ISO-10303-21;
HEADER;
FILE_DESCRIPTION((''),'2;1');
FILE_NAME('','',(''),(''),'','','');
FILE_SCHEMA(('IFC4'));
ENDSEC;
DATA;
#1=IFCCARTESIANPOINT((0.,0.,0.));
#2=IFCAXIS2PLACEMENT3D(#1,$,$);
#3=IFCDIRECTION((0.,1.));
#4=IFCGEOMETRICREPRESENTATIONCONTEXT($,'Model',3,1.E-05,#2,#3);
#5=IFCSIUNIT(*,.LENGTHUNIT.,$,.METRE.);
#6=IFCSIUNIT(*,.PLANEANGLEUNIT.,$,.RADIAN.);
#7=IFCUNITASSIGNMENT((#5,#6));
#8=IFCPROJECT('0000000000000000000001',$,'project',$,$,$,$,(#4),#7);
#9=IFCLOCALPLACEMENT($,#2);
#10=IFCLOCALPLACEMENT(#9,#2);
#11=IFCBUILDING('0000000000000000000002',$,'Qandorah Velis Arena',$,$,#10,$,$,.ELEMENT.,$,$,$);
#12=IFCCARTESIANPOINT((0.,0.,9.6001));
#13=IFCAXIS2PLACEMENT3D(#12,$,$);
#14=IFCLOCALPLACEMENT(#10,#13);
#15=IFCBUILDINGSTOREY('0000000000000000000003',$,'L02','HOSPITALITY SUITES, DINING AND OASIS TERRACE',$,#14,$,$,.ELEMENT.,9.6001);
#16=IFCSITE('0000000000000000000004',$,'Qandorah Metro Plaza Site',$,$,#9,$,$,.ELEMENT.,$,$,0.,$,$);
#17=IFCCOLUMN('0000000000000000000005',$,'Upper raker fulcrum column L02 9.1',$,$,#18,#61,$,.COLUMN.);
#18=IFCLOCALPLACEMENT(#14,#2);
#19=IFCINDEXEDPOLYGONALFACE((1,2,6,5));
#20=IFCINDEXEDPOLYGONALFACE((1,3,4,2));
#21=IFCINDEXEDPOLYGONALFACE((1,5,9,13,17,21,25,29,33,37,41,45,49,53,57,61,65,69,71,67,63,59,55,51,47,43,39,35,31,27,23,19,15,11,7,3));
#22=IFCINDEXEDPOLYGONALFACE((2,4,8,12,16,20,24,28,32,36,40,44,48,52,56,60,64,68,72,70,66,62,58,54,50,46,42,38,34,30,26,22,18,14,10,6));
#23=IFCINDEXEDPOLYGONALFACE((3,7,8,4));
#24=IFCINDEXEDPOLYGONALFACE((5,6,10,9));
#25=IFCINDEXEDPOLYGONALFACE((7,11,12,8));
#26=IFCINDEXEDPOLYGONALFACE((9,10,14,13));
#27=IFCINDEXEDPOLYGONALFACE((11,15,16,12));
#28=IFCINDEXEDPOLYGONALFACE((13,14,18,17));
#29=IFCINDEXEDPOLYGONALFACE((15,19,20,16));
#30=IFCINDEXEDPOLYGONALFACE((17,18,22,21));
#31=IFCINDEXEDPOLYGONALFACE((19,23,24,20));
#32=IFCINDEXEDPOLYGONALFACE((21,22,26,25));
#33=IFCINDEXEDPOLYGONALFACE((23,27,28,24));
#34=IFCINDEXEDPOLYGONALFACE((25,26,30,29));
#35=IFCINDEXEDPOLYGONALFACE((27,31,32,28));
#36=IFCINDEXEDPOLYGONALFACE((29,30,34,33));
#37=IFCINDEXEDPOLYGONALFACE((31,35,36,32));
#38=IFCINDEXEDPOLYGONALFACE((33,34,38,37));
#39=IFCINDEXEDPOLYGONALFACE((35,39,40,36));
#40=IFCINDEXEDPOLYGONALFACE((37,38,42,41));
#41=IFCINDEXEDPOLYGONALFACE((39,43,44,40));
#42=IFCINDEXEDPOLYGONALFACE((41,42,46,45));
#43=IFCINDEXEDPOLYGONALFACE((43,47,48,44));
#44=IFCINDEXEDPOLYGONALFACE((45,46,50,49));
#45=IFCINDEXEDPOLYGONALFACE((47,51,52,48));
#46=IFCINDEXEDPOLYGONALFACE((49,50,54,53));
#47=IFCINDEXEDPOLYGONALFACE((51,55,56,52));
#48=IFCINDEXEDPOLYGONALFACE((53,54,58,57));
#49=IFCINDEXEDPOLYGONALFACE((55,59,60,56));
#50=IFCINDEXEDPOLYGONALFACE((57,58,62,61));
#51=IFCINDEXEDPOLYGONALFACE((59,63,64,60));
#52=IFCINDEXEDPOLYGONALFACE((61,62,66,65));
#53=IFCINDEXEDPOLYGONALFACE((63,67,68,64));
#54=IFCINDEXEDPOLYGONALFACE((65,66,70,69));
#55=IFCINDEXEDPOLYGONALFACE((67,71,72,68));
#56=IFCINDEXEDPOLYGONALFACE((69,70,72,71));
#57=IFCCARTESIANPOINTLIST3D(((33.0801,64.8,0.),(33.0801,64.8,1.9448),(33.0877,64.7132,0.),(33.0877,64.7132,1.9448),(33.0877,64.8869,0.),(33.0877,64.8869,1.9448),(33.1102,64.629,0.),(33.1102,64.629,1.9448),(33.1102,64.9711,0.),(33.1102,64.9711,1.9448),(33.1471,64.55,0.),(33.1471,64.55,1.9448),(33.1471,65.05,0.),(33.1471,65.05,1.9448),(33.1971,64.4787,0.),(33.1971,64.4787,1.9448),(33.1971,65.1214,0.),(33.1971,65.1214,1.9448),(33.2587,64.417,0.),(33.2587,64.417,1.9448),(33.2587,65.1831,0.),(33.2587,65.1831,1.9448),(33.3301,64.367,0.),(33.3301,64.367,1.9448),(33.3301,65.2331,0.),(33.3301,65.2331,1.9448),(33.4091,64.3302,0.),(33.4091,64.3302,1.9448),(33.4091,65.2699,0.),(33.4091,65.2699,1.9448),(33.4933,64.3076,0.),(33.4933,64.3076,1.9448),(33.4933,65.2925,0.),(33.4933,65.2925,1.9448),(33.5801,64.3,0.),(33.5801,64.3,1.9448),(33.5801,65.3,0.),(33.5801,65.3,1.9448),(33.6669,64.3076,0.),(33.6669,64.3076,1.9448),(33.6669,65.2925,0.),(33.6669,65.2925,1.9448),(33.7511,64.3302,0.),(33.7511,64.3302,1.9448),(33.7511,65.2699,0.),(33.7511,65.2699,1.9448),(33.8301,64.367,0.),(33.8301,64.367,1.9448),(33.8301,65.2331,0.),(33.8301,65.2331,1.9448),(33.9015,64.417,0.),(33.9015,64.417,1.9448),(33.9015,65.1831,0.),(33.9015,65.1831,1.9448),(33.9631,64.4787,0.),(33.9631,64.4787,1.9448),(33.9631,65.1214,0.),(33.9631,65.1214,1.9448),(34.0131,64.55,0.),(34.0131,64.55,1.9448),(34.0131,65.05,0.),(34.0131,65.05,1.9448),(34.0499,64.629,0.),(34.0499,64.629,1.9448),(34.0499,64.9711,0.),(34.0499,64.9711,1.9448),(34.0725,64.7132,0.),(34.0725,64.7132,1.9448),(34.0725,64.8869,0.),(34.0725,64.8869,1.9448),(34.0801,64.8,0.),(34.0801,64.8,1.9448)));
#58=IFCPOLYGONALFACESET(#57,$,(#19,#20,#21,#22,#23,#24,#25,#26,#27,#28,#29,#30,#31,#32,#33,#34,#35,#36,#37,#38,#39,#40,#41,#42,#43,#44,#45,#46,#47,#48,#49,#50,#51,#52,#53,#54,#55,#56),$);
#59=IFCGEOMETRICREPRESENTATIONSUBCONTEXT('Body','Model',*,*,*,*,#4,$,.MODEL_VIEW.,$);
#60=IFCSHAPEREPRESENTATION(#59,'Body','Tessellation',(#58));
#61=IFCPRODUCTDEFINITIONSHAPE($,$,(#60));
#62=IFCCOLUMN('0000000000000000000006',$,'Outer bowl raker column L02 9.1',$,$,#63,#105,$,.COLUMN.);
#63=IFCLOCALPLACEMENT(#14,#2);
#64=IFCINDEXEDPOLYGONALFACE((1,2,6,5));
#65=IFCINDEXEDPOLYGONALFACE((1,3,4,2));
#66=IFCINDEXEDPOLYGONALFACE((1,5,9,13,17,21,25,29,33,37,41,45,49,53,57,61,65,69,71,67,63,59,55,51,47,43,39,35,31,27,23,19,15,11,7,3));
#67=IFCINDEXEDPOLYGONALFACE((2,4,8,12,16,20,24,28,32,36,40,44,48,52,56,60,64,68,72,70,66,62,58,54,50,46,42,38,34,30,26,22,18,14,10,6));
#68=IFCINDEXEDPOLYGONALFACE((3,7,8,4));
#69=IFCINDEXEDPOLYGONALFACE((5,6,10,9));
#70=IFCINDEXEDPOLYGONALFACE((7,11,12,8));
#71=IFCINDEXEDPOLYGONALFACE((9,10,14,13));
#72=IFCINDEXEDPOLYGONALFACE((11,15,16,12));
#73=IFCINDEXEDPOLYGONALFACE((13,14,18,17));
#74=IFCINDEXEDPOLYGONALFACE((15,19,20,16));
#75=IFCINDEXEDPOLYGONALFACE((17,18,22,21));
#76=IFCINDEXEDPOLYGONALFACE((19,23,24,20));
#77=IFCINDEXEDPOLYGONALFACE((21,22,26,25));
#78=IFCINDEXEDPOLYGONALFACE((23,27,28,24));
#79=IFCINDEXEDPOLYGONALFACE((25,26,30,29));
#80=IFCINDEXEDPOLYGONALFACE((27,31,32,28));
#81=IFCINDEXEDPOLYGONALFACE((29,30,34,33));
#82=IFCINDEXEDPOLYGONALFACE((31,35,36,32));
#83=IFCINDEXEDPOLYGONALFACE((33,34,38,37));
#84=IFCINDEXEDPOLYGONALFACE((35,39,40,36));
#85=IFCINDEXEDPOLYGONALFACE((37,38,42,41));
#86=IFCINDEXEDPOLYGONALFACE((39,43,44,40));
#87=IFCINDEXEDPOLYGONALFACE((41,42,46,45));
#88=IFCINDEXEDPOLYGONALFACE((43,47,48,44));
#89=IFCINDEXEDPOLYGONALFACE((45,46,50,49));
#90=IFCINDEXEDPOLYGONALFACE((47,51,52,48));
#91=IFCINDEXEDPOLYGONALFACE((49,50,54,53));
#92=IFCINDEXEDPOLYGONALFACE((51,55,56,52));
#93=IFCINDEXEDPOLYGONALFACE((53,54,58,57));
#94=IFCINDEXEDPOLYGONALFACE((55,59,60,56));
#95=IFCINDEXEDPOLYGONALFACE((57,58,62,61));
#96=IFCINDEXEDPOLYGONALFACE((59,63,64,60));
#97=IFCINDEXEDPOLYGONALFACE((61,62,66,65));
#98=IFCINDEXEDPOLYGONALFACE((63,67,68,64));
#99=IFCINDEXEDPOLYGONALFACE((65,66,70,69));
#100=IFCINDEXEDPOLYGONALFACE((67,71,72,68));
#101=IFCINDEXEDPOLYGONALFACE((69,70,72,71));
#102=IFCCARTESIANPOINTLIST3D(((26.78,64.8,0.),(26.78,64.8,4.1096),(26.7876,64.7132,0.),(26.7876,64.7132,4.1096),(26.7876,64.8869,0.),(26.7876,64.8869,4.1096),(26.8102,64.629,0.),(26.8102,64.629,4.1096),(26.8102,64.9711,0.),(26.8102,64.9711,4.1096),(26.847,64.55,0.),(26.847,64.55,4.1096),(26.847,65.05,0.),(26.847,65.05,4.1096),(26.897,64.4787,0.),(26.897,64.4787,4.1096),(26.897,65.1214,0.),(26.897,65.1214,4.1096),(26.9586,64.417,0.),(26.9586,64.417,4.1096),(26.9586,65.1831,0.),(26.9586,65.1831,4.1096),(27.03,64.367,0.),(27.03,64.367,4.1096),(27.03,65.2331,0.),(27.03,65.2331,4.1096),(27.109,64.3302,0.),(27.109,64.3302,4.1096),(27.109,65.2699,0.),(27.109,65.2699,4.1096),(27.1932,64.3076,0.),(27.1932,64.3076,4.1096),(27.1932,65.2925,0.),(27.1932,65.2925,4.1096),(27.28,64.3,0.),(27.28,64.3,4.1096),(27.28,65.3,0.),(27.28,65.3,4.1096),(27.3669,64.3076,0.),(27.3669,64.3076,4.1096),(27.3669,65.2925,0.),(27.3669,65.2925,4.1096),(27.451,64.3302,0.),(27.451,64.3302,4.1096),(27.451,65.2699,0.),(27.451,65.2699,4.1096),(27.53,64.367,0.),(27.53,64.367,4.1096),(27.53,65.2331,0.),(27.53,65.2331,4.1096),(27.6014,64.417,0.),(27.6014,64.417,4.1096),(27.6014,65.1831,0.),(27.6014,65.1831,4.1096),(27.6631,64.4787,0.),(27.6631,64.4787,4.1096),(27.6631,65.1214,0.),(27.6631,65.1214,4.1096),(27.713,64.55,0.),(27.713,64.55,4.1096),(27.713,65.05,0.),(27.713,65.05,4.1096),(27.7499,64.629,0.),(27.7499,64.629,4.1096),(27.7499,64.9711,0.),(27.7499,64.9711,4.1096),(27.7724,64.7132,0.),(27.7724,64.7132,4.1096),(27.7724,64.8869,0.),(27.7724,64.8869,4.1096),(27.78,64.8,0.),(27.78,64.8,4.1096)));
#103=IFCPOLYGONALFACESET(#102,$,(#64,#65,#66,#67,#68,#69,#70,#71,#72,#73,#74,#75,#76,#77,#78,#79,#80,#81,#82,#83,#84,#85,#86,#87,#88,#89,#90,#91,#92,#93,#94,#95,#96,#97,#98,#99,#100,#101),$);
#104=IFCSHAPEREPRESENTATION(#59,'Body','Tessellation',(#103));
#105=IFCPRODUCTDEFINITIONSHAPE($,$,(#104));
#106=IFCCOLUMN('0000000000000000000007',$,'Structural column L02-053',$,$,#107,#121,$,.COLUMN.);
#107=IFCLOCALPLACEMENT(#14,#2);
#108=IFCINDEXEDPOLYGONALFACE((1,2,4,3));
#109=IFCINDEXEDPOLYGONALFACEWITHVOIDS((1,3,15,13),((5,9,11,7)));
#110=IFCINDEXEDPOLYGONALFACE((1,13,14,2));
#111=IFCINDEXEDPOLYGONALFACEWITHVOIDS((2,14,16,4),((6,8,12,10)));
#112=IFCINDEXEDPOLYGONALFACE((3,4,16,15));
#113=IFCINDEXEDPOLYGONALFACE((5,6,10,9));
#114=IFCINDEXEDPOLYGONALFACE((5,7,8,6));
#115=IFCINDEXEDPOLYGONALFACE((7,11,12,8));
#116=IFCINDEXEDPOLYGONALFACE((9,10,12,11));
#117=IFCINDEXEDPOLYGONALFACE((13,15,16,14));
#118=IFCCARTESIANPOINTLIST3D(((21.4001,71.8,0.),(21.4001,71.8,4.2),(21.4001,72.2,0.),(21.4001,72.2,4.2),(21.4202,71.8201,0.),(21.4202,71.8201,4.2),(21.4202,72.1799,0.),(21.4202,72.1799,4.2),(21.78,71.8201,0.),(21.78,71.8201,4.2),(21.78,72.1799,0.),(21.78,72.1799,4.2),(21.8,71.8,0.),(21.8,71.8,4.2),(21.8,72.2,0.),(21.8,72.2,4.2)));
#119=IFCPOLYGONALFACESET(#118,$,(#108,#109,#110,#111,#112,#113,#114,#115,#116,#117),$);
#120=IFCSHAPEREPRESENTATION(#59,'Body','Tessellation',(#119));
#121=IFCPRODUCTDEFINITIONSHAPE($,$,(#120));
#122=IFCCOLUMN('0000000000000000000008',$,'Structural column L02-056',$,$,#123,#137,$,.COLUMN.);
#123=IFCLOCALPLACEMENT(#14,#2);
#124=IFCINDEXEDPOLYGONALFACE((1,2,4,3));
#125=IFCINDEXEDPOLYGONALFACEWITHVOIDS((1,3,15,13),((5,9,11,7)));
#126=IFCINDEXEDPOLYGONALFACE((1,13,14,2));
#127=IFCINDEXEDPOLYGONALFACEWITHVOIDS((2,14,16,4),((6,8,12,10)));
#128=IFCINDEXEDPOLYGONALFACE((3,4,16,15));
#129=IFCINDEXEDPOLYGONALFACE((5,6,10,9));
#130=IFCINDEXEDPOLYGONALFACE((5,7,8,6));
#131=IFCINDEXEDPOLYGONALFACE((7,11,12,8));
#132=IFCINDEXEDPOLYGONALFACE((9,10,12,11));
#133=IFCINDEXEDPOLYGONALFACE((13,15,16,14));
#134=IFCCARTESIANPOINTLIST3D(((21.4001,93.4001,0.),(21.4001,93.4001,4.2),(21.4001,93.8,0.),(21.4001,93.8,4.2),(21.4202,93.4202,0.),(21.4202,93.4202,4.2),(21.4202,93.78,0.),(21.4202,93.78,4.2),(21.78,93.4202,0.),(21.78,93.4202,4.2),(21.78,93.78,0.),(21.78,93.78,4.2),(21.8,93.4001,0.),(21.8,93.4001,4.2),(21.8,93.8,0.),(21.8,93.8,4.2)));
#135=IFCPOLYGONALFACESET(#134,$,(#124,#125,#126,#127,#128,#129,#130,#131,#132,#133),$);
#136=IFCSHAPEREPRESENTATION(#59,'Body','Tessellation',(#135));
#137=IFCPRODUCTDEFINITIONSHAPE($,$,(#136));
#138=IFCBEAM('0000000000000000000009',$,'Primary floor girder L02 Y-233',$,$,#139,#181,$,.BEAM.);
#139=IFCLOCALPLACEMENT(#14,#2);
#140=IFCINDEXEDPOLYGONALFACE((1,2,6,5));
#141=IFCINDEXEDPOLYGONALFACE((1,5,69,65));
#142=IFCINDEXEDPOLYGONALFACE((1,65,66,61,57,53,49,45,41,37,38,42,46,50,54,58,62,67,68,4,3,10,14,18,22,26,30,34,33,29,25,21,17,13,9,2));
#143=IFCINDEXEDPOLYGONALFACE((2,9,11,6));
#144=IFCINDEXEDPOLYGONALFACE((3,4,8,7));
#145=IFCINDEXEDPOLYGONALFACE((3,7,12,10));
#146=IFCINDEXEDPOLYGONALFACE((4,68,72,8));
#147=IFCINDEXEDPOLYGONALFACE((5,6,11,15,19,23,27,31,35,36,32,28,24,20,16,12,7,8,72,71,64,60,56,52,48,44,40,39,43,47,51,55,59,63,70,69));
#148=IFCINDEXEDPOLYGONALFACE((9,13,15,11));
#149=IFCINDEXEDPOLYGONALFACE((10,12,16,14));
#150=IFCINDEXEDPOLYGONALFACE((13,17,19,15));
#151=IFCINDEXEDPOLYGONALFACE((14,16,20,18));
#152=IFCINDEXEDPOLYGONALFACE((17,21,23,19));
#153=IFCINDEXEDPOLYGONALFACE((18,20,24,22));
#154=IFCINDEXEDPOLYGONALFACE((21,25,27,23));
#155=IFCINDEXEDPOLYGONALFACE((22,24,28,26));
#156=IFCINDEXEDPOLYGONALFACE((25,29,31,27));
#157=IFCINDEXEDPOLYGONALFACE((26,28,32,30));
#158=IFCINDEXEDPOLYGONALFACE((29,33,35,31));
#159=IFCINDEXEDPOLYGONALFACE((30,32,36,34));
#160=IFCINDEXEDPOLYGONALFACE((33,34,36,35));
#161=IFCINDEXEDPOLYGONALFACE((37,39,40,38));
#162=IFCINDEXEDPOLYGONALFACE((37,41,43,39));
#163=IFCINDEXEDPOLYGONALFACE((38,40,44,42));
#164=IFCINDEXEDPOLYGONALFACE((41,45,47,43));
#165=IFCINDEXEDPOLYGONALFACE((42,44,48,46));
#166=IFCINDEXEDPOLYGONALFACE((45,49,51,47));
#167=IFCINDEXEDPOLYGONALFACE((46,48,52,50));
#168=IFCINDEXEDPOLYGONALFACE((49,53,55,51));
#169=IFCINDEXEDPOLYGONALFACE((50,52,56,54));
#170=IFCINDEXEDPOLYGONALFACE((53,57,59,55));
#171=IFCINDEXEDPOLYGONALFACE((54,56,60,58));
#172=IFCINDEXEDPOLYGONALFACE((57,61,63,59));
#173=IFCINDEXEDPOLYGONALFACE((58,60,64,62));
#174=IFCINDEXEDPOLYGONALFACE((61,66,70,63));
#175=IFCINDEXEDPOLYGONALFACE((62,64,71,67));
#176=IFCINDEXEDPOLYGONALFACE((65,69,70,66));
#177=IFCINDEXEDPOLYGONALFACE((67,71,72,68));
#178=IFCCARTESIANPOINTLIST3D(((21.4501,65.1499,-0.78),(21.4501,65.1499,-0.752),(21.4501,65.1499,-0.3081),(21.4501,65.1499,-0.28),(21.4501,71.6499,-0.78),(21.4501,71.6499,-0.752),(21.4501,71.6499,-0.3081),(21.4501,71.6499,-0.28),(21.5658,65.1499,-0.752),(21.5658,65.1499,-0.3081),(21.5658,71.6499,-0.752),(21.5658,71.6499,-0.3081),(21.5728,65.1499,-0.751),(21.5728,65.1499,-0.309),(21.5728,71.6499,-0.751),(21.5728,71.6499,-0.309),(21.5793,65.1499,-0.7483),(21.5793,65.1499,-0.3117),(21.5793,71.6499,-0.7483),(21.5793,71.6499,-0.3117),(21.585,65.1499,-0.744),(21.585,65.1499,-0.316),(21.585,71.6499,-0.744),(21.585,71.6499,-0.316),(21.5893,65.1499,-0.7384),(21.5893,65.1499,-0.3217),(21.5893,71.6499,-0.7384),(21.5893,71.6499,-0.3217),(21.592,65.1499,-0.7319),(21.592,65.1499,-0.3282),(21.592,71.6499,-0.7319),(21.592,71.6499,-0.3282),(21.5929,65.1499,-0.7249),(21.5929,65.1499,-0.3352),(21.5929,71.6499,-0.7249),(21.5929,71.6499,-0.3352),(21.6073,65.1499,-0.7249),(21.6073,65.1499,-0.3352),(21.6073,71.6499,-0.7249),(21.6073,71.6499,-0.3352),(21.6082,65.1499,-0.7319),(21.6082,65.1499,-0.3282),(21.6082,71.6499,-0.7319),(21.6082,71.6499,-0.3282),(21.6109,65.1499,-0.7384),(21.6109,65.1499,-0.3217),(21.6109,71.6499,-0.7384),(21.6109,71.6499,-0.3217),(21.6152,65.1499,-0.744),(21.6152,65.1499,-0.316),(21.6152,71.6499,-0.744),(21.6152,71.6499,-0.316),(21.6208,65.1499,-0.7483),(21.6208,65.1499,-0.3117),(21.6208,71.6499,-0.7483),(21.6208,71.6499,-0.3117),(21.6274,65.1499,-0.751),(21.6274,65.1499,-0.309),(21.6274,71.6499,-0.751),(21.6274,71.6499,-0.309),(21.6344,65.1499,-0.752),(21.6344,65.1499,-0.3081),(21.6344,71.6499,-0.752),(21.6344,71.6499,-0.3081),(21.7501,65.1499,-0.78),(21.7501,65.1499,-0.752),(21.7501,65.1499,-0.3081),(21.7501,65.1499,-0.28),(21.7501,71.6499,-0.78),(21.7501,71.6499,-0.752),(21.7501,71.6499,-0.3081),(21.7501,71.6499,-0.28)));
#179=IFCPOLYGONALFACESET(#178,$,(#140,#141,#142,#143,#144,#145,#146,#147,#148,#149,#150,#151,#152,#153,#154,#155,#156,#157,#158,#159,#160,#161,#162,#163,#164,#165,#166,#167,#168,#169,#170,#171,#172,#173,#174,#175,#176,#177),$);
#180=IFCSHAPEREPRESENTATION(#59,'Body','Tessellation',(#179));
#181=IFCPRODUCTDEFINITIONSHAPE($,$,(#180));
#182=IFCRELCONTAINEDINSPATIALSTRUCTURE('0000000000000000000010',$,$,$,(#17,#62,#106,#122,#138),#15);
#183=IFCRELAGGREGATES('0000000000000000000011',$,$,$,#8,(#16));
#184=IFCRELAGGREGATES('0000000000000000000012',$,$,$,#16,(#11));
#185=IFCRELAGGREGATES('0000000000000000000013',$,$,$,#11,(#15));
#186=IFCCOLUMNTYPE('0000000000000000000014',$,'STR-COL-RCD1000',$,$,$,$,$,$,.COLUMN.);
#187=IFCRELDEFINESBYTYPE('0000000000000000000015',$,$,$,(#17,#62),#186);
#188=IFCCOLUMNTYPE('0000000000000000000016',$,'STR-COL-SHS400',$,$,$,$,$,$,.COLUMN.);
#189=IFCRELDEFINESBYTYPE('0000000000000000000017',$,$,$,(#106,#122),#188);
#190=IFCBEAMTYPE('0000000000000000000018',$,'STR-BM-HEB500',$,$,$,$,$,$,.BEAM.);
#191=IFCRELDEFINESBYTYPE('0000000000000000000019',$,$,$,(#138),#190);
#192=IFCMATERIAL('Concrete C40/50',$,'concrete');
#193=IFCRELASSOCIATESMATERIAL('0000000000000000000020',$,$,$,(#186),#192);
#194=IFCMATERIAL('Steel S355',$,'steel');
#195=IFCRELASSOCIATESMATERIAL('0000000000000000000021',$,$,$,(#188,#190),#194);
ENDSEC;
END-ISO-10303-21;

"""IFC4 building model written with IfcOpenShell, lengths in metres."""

from ifc_helpers import new_model, si_unit, direction, frame, origin, origin_2d, place, context, subcontext, project, spatial, hollow_rectangle, circle, i_section, extrude, material, material_profile, profile_set, type_object, element, save


model = new_model("IFC4")

# Units and contexts
model_context = context("Model", 3, precision=1e-05, world=origin(), true_north=direction((0.0, 1.0)))
body_context = subcontext(model_context, "Body", "Model", "MODEL_VIEW")
ifc_project = project(units=[si_unit("LENGTHUNIT", "METRE"), si_unit("PLANEANGLEUNIT", "RADIAN")], contexts=[model_context])

# Site, building, storey
site_placement = place(None, origin())
site = spatial("IfcSite", under=ifc_project, at=site_placement, Name="Qandorah Metro Plaza Site", CompositionType="ELEMENT", RefElevation=0.0)
building_placement = place(site_placement, origin())
building = spatial("IfcBuilding", under=site, at=building_placement, Name="Qandorah Velis Arena", CompositionType="ELEMENT")
storey_placement = place(building_placement, frame((0.0, 0.0, 9.6001)))
storey = spatial("IfcBuildingStorey", under=building, at=storey_placement, Name="L02", Description="HOSPITALITY SUITES, DINING AND OASIS TERRACE", CompositionType="ELEMENT", Elevation=9.6001)

# Columns
ifc_material_1 = material(Name="Concrete C40/50", Category="concrete")
ifc_material_profile_1 = material_profile(ifc_material_1, circle(Radius=0.5, at=origin_2d()), Name="RC D1000")
ifc_profile_set_1 = profile_set([ifc_material_profile_1], Name="Concrete C40/50")
column_type_1 = type_object("IfcColumnType", Name="STR-COL-RCD1000", PredefinedType="COLUMN", material=ifc_profile_set_1)
column_1_placement = place(storey_placement, frame((33.5801, 64.8, 0.0), z_axis=(0.0, 0.0, 1.0), x_axis=(1.0, 0.0, 0.0)))
element("IfcColumn", 1, at=column_1_placement, inside=storey, type_object=column_type_1, Name="Upper raker fulcrum column L02 9.1", PredefinedType="COLUMN", context=body_context, shape_type="SweptSolid", body=[
    extrude(circle(Radius=0.5, at=origin_2d()), origin(), (0.0, 0.0, 1.0), 1.9448),
])
column_2_placement = place(storey_placement, frame((27.28, 64.8, 0.0), z_axis=(0.0, 0.0, 1.0), x_axis=(1.0, 0.0, 0.0)))
element("IfcColumn", 2, at=column_2_placement, inside=storey, type_object=column_type_1, Name="Outer bowl raker column L02 9.1", PredefinedType="COLUMN", context=body_context, shape_type="SweptSolid", body=[
    extrude(circle(Radius=0.5, at=origin_2d()), origin(), (0.0, 0.0, 1.0), 4.1096),
])
ifc_material_2 = material(Name="Steel S355", Category="steel")
ifc_material_profile_2 = material_profile(ifc_material_2, hollow_rectangle(XDim=0.3999, YDim=0.3999, WallThickness=0.02, at=origin_2d()), Name="SHS 400x400x20")
ifc_profile_set_2 = profile_set([ifc_material_profile_2], Name="Steel S355")
column_type_2 = type_object("IfcColumnType", Name="STR-COL-SHS400", PredefinedType="COLUMN", material=ifc_profile_set_2)
for number, where, z_axis, x_axis, name in (
    (3, (21.6001, 72.0, 0.0), (0.0, 0.0, 1.0), (1.0, 0.0, 0.0), "Structural column L02-053"),
    (4, (21.6001, 93.6001, 0.0), (0.0, 0.0, 1.0), (1.0, 0.0, 0.0), "Structural column L02-056"),
):
    element("IfcColumn", number, at=place(storey_placement, frame(where, z_axis=z_axis, x_axis=x_axis)), inside=storey, type_object=column_type_2, Name=name, PredefinedType="COLUMN", context=body_context, shape_type="SweptSolid", body=[
        extrude(hollow_rectangle(XDim=0.3999, YDim=0.3999, WallThickness=0.02, at=origin_2d()), origin(), (0.0, 0.0, 1.0), 4.2),
    ])

# Beam
ifc_material_profile_3 = material_profile(ifc_material_2, i_section(OverallWidth=0.3, OverallDepth=0.5, WebThickness=0.0144, FlangeThickness=0.0281, FilletRadius=0.0271, at=origin_2d()), Name="HEB 500")
ifc_profile_set_3 = profile_set([ifc_material_profile_3], Name="Steel S355")
beam_type_1 = type_object("IfcBeamType", Name="STR-BM-HEB500", PredefinedType="BEAM", material=ifc_profile_set_3)
beam_1_placement = place(storey_placement, frame((21.6001, 65.1499, -0.53), z_axis=(0.0, 1.0, 0.0), x_axis=(-1.0, 0.0, 0.0)))
element("IfcBeam", 5, at=beam_1_placement, inside=storey, type_object=beam_type_1, Name="Primary floor girder L02 Y-233", PredefinedType="BEAM", context=body_context, shape_type="SweptSolid", body=[
    extrude(i_section(OverallWidth=0.3, OverallDepth=0.5, WebThickness=0.0144, FlangeThickness=0.0281, FilletRadius=0.0271, at=origin_2d()), origin(), (0.0, 0.0, 1.0), 6.5),
])

save(model, "model.ifc")
